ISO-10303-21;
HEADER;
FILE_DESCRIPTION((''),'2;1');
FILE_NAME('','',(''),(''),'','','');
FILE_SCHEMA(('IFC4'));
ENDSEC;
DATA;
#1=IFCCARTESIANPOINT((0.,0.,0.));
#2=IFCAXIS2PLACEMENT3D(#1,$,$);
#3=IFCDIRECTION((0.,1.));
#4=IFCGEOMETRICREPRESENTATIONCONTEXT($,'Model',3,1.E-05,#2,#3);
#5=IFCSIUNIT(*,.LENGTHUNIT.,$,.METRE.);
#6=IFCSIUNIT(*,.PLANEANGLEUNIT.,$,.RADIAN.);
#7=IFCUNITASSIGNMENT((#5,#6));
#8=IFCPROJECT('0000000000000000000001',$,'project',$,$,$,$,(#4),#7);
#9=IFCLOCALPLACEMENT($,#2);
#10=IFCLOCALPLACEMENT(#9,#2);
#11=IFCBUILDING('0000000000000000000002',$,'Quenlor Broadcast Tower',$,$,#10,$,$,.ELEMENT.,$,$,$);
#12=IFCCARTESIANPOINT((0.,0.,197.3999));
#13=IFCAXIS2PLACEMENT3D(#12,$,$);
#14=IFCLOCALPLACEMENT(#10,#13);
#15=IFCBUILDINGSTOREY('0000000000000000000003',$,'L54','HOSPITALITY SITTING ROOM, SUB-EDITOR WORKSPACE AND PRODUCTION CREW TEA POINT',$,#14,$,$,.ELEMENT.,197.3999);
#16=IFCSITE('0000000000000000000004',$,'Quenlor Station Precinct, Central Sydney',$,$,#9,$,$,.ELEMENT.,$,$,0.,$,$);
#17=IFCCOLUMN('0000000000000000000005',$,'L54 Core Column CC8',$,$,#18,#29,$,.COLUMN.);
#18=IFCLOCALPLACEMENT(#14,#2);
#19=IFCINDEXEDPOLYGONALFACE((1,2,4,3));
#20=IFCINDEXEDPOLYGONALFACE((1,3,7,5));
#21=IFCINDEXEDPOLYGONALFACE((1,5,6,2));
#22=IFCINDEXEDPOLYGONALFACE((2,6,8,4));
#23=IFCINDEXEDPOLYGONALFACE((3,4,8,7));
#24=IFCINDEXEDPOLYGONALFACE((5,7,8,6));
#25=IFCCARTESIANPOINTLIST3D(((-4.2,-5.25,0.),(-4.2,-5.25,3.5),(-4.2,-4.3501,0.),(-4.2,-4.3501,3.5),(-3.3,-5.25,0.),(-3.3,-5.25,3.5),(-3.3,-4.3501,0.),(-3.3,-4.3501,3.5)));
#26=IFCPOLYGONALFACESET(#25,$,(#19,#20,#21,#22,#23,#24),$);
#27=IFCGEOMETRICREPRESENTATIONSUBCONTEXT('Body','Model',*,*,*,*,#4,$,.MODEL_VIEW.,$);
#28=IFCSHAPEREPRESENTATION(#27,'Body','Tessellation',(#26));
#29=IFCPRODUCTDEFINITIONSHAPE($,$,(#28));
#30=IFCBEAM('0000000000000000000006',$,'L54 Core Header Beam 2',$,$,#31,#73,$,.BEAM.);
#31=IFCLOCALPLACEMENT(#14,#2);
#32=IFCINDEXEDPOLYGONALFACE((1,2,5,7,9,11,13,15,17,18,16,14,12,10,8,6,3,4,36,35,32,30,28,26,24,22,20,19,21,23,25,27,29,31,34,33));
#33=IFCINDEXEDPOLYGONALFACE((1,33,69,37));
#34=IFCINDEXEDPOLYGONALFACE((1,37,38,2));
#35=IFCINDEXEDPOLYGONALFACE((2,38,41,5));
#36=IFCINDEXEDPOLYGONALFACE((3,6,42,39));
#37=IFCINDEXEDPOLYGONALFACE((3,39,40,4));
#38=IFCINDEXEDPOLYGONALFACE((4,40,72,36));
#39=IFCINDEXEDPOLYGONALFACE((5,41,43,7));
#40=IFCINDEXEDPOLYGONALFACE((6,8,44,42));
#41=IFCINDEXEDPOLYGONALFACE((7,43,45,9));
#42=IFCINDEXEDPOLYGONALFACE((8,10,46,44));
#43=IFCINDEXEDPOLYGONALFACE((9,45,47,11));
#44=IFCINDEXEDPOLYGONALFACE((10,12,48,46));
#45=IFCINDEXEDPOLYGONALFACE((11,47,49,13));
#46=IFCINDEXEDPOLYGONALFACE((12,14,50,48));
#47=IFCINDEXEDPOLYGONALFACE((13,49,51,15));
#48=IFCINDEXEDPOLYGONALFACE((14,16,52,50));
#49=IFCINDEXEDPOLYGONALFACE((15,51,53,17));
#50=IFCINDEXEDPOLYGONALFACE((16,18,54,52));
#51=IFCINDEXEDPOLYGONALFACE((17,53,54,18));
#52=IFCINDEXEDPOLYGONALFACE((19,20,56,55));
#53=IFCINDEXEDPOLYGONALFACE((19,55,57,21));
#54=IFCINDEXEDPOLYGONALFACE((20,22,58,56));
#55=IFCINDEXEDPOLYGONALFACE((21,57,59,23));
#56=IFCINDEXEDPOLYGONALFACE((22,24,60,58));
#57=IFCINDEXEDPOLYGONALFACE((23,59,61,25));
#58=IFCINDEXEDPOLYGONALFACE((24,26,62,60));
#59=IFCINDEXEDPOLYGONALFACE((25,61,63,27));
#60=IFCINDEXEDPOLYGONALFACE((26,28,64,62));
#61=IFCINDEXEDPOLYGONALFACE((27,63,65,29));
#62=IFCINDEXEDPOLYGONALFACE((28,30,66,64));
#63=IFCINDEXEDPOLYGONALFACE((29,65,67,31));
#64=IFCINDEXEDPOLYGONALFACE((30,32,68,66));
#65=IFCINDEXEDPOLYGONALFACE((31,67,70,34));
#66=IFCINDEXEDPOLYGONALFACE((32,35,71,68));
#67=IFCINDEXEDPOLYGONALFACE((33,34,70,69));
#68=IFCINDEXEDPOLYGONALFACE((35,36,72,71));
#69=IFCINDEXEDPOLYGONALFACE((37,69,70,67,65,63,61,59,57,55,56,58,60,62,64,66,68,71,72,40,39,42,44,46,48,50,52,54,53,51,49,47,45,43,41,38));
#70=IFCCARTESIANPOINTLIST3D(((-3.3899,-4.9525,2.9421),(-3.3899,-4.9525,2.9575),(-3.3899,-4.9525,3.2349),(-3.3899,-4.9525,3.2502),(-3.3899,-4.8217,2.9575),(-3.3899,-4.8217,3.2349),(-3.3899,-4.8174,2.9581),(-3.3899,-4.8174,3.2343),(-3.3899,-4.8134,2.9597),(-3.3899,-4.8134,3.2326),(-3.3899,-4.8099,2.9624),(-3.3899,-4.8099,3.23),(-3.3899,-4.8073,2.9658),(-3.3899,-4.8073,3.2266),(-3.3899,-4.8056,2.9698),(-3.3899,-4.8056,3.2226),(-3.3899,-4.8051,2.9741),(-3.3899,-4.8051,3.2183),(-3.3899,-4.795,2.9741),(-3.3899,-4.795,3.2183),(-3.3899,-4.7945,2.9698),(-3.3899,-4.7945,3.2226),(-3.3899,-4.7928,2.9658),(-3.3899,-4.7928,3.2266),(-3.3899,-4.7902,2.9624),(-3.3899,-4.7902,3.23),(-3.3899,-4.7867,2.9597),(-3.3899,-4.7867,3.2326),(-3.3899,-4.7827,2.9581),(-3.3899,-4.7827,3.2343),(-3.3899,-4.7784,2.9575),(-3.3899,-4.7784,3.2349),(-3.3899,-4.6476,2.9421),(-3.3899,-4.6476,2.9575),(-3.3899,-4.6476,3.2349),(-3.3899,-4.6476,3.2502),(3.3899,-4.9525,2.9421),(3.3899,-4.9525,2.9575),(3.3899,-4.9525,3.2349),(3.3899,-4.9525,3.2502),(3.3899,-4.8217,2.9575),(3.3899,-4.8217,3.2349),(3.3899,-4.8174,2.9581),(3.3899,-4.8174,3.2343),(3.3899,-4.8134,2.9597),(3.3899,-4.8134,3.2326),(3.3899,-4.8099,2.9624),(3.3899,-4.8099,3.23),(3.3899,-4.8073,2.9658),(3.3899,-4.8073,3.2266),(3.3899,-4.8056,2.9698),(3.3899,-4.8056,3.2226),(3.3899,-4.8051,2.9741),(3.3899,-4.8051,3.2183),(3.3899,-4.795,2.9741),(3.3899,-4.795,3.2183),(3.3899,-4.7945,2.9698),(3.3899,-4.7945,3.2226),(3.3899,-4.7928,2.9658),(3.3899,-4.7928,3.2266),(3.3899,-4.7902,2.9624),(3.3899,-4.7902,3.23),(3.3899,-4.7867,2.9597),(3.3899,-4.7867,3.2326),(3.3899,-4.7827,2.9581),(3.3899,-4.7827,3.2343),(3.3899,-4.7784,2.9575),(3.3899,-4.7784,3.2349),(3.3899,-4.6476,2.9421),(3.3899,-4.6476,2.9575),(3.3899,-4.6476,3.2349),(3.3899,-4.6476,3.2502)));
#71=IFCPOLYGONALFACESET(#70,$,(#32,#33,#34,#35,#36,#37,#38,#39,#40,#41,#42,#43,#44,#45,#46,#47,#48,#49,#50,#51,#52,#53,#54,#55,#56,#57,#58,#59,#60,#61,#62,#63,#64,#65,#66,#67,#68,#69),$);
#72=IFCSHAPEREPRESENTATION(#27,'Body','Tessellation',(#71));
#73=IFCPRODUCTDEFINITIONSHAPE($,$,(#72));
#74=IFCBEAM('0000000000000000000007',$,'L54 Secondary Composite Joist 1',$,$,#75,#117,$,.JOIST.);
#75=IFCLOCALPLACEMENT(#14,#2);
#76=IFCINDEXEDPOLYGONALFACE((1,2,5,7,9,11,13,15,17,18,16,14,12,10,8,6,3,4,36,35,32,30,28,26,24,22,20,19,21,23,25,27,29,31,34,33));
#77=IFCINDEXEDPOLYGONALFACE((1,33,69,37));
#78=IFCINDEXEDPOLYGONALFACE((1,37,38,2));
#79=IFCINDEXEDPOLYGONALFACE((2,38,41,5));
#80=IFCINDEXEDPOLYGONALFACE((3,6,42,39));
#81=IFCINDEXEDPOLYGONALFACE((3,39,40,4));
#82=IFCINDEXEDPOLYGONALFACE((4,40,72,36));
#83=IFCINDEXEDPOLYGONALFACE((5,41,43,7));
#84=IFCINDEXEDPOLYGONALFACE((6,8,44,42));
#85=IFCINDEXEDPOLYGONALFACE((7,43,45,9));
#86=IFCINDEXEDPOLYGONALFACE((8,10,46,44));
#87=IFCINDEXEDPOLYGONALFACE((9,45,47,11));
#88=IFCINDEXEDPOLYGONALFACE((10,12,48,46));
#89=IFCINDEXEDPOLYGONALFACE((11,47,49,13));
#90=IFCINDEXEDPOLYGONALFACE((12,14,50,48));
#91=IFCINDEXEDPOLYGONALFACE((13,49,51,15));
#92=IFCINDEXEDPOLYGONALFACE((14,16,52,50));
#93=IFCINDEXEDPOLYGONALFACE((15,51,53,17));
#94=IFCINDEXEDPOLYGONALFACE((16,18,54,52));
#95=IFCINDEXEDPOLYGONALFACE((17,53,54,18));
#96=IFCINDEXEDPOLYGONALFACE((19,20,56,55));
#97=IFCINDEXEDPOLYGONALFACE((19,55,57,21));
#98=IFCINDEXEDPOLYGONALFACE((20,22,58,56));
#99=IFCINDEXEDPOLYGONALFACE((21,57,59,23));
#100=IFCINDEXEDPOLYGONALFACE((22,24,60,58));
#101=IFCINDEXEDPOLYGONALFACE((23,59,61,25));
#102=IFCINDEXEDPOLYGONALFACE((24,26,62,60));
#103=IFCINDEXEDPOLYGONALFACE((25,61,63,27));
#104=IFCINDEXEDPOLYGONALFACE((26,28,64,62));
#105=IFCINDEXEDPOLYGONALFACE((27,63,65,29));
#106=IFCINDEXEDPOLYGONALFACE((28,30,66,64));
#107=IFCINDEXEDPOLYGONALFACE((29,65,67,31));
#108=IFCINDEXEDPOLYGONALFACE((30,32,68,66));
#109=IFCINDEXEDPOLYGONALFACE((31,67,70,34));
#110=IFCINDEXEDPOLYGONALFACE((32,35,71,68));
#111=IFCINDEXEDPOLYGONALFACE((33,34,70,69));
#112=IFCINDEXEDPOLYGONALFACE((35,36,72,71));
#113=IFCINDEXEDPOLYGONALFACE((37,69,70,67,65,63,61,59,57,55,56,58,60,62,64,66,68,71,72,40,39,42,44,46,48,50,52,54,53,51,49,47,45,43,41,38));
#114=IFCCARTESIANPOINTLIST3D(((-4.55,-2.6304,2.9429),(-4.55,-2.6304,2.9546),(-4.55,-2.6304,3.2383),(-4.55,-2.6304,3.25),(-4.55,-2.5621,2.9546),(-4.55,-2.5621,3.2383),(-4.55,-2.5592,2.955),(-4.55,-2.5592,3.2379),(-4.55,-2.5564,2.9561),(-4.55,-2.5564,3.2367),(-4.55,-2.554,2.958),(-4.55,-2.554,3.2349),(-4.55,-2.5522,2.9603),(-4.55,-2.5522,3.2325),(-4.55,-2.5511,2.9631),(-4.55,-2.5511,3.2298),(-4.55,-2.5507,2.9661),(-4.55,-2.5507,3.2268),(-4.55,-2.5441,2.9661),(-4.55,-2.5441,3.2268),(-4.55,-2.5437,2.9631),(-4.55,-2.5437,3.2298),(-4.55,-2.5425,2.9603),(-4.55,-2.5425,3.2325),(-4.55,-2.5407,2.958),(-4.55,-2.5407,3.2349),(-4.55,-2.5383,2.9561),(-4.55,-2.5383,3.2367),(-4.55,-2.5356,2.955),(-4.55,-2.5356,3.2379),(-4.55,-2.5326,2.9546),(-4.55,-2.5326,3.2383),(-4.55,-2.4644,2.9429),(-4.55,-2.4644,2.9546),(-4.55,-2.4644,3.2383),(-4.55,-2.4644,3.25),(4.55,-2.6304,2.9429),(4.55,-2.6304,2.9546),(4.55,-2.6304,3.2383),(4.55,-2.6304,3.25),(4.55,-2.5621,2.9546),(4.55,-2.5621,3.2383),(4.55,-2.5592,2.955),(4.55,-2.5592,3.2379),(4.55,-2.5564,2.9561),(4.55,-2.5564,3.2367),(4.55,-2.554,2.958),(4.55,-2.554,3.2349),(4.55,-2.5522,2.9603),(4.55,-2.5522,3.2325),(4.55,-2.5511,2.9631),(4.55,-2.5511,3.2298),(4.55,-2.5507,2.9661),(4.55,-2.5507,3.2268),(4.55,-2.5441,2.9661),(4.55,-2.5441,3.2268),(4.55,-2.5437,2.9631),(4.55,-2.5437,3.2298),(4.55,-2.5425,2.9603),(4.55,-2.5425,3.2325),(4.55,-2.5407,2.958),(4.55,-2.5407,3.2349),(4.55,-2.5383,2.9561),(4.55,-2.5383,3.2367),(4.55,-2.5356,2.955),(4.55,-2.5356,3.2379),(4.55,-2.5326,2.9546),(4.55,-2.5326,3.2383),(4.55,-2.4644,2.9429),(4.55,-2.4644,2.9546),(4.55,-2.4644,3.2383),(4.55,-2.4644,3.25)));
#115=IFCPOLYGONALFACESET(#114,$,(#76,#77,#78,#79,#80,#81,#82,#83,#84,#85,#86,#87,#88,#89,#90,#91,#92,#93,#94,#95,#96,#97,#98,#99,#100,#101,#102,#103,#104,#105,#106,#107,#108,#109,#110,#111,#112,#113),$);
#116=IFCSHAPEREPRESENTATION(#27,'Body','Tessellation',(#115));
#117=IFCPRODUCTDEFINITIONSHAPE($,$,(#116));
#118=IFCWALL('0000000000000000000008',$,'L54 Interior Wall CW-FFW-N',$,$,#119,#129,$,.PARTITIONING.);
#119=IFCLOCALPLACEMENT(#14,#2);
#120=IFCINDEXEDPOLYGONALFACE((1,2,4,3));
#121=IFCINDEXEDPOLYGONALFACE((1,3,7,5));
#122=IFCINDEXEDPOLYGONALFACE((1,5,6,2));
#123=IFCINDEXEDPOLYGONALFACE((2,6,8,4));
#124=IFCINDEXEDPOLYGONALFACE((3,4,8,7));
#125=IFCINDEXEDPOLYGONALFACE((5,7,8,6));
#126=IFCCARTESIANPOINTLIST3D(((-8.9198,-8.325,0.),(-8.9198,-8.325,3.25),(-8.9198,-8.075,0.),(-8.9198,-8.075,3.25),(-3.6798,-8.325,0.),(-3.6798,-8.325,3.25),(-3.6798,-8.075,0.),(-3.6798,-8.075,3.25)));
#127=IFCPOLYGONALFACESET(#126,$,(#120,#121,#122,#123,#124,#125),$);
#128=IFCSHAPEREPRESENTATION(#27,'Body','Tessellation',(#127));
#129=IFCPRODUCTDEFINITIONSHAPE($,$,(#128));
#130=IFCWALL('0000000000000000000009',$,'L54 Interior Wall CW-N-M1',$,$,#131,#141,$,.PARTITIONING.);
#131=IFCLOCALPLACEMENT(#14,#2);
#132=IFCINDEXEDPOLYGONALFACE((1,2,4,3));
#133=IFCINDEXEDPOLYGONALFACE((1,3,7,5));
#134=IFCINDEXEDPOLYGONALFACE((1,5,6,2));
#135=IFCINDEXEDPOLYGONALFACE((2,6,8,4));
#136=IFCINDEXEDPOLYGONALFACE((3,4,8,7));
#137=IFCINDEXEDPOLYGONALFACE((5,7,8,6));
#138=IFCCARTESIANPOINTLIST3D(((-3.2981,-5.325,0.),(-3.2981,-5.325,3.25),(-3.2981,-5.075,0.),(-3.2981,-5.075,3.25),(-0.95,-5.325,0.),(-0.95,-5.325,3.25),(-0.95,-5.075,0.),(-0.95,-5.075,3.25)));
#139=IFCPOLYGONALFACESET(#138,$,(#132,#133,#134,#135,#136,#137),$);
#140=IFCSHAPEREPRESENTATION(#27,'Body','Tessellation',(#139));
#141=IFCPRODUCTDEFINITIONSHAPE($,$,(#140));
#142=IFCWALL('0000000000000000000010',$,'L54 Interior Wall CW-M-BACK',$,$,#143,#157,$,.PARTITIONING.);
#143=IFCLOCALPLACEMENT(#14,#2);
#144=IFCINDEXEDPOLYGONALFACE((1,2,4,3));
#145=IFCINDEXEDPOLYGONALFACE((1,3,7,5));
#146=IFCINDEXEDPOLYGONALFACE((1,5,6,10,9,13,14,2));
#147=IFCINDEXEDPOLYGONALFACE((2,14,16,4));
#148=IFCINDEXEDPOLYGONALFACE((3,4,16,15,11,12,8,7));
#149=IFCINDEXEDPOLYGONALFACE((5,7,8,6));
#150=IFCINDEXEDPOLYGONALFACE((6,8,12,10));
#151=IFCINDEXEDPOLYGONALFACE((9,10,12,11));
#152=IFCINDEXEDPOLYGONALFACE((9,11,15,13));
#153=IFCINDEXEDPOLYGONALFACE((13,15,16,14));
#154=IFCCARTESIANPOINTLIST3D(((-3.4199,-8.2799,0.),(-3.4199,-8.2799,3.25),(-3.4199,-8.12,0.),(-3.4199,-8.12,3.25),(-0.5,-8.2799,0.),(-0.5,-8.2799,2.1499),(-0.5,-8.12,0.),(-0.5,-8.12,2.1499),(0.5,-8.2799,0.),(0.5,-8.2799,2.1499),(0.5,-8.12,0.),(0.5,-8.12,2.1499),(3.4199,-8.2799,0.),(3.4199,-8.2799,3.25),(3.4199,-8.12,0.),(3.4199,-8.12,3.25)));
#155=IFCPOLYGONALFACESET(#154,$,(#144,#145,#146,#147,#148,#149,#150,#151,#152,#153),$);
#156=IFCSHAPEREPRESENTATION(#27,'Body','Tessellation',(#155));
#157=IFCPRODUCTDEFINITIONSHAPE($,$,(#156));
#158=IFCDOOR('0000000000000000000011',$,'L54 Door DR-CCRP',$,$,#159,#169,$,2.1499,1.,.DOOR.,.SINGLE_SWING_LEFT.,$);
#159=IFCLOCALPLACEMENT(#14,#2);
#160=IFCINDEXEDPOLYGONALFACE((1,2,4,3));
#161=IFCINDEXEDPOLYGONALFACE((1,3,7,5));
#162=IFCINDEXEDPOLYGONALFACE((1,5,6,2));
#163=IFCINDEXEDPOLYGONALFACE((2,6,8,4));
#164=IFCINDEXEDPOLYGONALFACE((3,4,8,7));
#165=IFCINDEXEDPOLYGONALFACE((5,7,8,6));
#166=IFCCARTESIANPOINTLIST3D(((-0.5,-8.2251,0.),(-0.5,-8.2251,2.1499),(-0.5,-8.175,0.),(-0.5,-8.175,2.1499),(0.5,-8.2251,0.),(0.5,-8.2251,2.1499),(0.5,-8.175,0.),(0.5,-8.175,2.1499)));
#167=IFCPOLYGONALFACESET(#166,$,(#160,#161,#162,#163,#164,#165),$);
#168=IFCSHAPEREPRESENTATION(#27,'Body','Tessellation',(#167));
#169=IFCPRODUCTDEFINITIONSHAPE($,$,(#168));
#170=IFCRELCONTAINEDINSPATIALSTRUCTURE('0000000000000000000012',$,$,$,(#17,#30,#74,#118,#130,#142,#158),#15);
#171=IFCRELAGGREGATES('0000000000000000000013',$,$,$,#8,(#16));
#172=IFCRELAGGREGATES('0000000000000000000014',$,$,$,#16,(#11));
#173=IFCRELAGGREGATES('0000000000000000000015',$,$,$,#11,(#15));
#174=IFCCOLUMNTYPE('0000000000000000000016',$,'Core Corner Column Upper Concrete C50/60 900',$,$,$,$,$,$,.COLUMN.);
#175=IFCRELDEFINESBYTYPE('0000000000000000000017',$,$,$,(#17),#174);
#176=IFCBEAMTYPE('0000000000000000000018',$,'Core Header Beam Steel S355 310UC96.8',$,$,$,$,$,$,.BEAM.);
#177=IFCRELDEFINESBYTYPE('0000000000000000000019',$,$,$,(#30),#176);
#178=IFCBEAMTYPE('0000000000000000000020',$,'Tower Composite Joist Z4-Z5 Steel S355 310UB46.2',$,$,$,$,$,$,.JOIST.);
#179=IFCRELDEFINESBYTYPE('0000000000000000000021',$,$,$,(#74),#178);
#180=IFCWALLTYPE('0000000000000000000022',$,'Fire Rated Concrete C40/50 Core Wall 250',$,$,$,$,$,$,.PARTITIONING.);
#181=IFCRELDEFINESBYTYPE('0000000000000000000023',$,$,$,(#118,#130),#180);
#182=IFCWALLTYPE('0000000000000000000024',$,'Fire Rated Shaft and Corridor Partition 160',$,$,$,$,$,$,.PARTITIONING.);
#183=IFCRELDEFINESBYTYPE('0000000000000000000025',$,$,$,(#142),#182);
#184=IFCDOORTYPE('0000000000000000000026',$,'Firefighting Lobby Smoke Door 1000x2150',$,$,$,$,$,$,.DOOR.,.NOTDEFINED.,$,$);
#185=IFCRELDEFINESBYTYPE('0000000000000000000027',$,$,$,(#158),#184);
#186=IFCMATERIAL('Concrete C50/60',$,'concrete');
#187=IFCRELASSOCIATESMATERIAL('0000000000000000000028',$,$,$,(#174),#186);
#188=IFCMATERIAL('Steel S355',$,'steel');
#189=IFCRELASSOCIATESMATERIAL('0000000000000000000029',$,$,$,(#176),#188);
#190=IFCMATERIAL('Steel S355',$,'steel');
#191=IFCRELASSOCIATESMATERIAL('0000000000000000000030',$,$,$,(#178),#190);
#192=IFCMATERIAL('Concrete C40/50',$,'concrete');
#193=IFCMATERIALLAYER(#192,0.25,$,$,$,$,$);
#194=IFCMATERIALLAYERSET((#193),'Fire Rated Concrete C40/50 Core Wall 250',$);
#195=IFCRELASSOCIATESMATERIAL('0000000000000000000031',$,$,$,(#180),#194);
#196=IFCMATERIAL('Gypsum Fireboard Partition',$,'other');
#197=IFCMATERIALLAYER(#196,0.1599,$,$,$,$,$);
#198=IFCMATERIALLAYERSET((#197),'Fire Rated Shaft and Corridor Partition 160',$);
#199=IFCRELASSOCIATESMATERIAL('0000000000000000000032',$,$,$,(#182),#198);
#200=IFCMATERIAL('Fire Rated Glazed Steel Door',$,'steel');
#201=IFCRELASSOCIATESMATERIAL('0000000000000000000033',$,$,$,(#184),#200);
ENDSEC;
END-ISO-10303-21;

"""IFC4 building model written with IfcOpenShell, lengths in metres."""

from ifc_helpers import new_model, si_unit, direction, frame, frame_2d, origin, origin_2d, place, context, subcontext, project, spatial, rectangle, i_section, extrude, material, layer, layer_set, material_profile, profile_set, type_object, element, fill, save


model = new_model("IFC4")

# Units and contexts
model_context = context("Model", 3, precision=1e-05, world=origin(), true_north=direction((0.0, 1.0)))
body_context = subcontext(model_context, "Body", "Model", "MODEL_VIEW")
ifc_project = project(units=[si_unit("LENGTHUNIT", "METRE"), si_unit("PLANEANGLEUNIT", "RADIAN")], contexts=[model_context])

# Site, building, storey
site_placement = place(None, origin())
site = spatial("IfcSite", under=ifc_project, at=site_placement, Name="Quenlor Station Precinct, Central Sydney", CompositionType="ELEMENT", RefElevation=0.0)
building_placement = place(site_placement, origin())
building = spatial("IfcBuilding", under=site, at=building_placement, Name="Quenlor Broadcast Tower", CompositionType="ELEMENT")
storey_placement = place(building_placement, frame((0.0, 0.0, 197.3999)))
storey = spatial("IfcBuildingStorey", under=building, at=storey_placement, Name="L54", Description="HOSPITALITY SITTING ROOM, SUB-EDITOR WORKSPACE AND PRODUCTION CREW TEA POINT", CompositionType="ELEMENT", Elevation=197.3999)

# Column
ifc_material_1 = material(Name="Concrete C50/60", Category="concrete")
ifc_material_profile_1 = material_profile(ifc_material_1, rectangle(XDim=0.8999, YDim=0.8999, at=origin_2d()))
ifc_profile_set_1 = profile_set([ifc_material_profile_1], Name="Concrete C50/60 RC900x900")
column_type = type_object("IfcColumnType", Name="Core Corner Column Upper Concrete C50/60 900", PredefinedType="COLUMN", material=ifc_profile_set_1)
column_placement = place(storey_placement, frame((-3.75, -4.8, 0.0), z_axis=(0.0, 0.0, 1.0), x_axis=(1.0, 0.0, 0.0)))
element("IfcColumn", 1, at=column_placement, inside=storey, type_object=column_type, Name="L54 Core Column CC8", PredefinedType="COLUMN", context=body_context, shape_type="SweptSolid", body=[
    extrude(rectangle(XDim=0.8999, YDim=0.8999, at=origin_2d()), origin(), (0.0, 0.0, 1.0), 3.5),
])

# Beams
ifc_material_2 = material(Name="Steel S355", Category="steel")
ifc_material_profile_2 = material_profile(ifc_material_2, i_section(OverallWidth=0.3049, OverallDepth=0.3081, WebThickness=0.01, FlangeThickness=0.0154, FilletRadius=0.0166, at=origin_2d()))
ifc_profile_set_2 = profile_set([ifc_material_profile_2], Name="Steel S355 310UC96.8")
beam_type_1 = type_object("IfcBeamType", Name="Core Header Beam Steel S355 310UC96.8", PredefinedType="BEAM", material=ifc_profile_set_2)
beam_1_placement = place(storey_placement, frame((-3.3899, -4.8, 3.0962), z_axis=(1.0, 0.0, 0.0), x_axis=(0.0, 1.0, 0.0)))
element("IfcBeam", 2, at=beam_1_placement, inside=storey, type_object=beam_type_1, Name="L54 Core Header Beam 2", PredefinedType="BEAM", context=body_context, shape_type="SweptSolid", body=[
    extrude(i_section(OverallWidth=0.3049, OverallDepth=0.3081, WebThickness=0.01, FlangeThickness=0.0154, FilletRadius=0.0166, at=origin_2d()), origin(), (0.0, 0.0, 1.0), 6.7798),
])
ifc_material_3 = material(Name="Steel S355", Category="steel")
ifc_material_profile_3 = material_profile(ifc_material_3, i_section(OverallWidth=0.166, OverallDepth=0.3071, WebThickness=0.0066, FlangeThickness=0.0117, FilletRadius=0.0115, at=origin_2d()))
ifc_profile_set_3 = profile_set([ifc_material_profile_3], Name="Steel S355 310UB46.2")
beam_type_2 = type_object("IfcBeamType", Name="Tower Composite Joist Z4-Z5 Steel S355 310UB46.2", PredefinedType="JOIST", material=ifc_profile_set_3)
beam_2_placement = place(storey_placement, frame((-4.55, -2.5474, 3.0964), z_axis=(1.0, 0.0, 0.0), x_axis=(0.0, 1.0, 0.0)))
element("IfcBeam", 3, at=beam_2_placement, inside=storey, type_object=beam_type_2, Name="L54 Secondary Composite Joist 1", PredefinedType="JOIST", context=body_context, shape_type="SweptSolid", body=[
    extrude(i_section(OverallWidth=0.166, OverallDepth=0.3071, WebThickness=0.0066, FlangeThickness=0.0117, FilletRadius=0.0115, at=origin_2d()), origin(), (0.0, 0.0, 1.0), 9.1001),
])

# Walls
ifc_material_4 = material(Name="Concrete C40/50", Category="concrete")
ifc_layer_1 = layer(ifc_material_4, 0.25)
ifc_layer_set_1 = layer_set([ifc_layer_1], Name="Fire Rated Concrete C40/50 Core Wall 250")
wall_type_1 = type_object("IfcWallType", Name="Fire Rated Concrete C40/50 Core Wall 250", PredefinedType="PARTITIONING", material=ifc_layer_set_1)
wall_1_placement = place(storey_placement, frame((-8.9199, -8.2, 0.0), z_axis=(0.0, 0.0, 1.0), x_axis=(1.0, 0.0, 0.0)))
element("IfcWall", 4, at=wall_1_placement, inside=storey, type_object=wall_type_1, Name="L54 Interior Wall CW-FFW-N", PredefinedType="PARTITIONING", context=body_context, shape_type="SweptSolid", body=[
    extrude(rectangle(XDim=5.24, YDim=0.25, at=frame_2d((2.6201, 0.0))), origin(), (0.0, 0.0, 1.0), 3.25),
])
wall_2_placement = place(storey_placement, frame((-3.2981, -5.2, 0.0), z_axis=(0.0, 0.0, 1.0), x_axis=(1.0, 0.0, 0.0)))
element("IfcWall", 5, at=wall_2_placement, inside=storey, type_object=wall_type_1, Name="L54 Interior Wall CW-N-M1", PredefinedType="PARTITIONING", context=body_context, shape_type="SweptSolid", body=[
    extrude(rectangle(XDim=2.3481, YDim=0.25, at=frame_2d((1.1741, 0.0))), origin(), (0.0, 0.0, 1.0), 3.25),
])

# Wall, opening, door
ifc_material_5 = material(Name="Gypsum Fireboard Partition", Category="other")
ifc_layer_2 = layer(ifc_material_5, 0.1599)
ifc_layer_set_2 = layer_set([ifc_layer_2], Name="Fire Rated Shaft and Corridor Partition 160")
wall_type_2 = type_object("IfcWallType", Name="Fire Rated Shaft and Corridor Partition 160", PredefinedType="PARTITIONING", material=ifc_layer_set_2)
wall_3_placement = place(storey_placement, frame((-3.4199, -8.2, 0.0), z_axis=(0.0, 0.0, 1.0), x_axis=(1.0, 0.0, 0.0)))
wall_3 = element("IfcWall", 6, at=wall_3_placement, inside=storey, type_object=wall_type_2, Name="L54 Interior Wall CW-M-BACK", PredefinedType="PARTITIONING", context=body_context, shape_type="SweptSolid", body=[
    extrude(rectangle(XDim=6.8398, YDim=0.1599, at=frame_2d((3.4199, 0.0))), origin(), (0.0, 0.0, 1.0), 3.25),
])
opening_1_placement = place(wall_3_placement, frame((2.9199, 0.0, 0.0)))
opening_1 = element("IfcOpeningElement", 7, at=opening_1_placement, cuts=wall_3, PredefinedType="OPENING", context=body_context, shape_type="SweptSolid", body=[
    extrude(rectangle(XDim=1.0, YDim=2.1499, at=frame_2d((0.5, 1.075))), frame((0.0, 0.0898, 0.0), z_axis=(0.0, -1.0, 0.0), x_axis=(1.0, 0.0, 0.0)), (0.0, 0.0, 1.0), 0.1799),
])
ifc_material_6 = material(Name="Fire Rated Glazed Steel Door", Category="steel")
door_type_1 = type_object("IfcDoorType", Name="Firefighting Lobby Smoke Door 1000x2150", OperationType="NOTDEFINED", PredefinedType="DOOR", material=ifc_material_6)
door_1_placement = place(opening_1_placement, origin())
door_1 = element("IfcDoor", 8, at=door_1_placement, inside=storey, type_object=door_type_1, Name="L54 Door DR-CCRP", OperationType="SINGLE_SWING_LEFT", OverallHeight=2.1499, OverallWidth=1.0, PredefinedType="DOOR", context=body_context, shape_type="SweptSolid", body=[
    extrude(rectangle(XDim=1.0, YDim=2.1499, at=frame_2d((0.5, 1.075))), frame((0.0, 0.0249, 0.0), z_axis=(0.0, -1.0, 0.0), x_axis=(1.0, 0.0, 0.0)), (0.0, 0.0, 1.0), 0.05),
])
fill(opening_1, door_1)

save(model, "model.ifc")
